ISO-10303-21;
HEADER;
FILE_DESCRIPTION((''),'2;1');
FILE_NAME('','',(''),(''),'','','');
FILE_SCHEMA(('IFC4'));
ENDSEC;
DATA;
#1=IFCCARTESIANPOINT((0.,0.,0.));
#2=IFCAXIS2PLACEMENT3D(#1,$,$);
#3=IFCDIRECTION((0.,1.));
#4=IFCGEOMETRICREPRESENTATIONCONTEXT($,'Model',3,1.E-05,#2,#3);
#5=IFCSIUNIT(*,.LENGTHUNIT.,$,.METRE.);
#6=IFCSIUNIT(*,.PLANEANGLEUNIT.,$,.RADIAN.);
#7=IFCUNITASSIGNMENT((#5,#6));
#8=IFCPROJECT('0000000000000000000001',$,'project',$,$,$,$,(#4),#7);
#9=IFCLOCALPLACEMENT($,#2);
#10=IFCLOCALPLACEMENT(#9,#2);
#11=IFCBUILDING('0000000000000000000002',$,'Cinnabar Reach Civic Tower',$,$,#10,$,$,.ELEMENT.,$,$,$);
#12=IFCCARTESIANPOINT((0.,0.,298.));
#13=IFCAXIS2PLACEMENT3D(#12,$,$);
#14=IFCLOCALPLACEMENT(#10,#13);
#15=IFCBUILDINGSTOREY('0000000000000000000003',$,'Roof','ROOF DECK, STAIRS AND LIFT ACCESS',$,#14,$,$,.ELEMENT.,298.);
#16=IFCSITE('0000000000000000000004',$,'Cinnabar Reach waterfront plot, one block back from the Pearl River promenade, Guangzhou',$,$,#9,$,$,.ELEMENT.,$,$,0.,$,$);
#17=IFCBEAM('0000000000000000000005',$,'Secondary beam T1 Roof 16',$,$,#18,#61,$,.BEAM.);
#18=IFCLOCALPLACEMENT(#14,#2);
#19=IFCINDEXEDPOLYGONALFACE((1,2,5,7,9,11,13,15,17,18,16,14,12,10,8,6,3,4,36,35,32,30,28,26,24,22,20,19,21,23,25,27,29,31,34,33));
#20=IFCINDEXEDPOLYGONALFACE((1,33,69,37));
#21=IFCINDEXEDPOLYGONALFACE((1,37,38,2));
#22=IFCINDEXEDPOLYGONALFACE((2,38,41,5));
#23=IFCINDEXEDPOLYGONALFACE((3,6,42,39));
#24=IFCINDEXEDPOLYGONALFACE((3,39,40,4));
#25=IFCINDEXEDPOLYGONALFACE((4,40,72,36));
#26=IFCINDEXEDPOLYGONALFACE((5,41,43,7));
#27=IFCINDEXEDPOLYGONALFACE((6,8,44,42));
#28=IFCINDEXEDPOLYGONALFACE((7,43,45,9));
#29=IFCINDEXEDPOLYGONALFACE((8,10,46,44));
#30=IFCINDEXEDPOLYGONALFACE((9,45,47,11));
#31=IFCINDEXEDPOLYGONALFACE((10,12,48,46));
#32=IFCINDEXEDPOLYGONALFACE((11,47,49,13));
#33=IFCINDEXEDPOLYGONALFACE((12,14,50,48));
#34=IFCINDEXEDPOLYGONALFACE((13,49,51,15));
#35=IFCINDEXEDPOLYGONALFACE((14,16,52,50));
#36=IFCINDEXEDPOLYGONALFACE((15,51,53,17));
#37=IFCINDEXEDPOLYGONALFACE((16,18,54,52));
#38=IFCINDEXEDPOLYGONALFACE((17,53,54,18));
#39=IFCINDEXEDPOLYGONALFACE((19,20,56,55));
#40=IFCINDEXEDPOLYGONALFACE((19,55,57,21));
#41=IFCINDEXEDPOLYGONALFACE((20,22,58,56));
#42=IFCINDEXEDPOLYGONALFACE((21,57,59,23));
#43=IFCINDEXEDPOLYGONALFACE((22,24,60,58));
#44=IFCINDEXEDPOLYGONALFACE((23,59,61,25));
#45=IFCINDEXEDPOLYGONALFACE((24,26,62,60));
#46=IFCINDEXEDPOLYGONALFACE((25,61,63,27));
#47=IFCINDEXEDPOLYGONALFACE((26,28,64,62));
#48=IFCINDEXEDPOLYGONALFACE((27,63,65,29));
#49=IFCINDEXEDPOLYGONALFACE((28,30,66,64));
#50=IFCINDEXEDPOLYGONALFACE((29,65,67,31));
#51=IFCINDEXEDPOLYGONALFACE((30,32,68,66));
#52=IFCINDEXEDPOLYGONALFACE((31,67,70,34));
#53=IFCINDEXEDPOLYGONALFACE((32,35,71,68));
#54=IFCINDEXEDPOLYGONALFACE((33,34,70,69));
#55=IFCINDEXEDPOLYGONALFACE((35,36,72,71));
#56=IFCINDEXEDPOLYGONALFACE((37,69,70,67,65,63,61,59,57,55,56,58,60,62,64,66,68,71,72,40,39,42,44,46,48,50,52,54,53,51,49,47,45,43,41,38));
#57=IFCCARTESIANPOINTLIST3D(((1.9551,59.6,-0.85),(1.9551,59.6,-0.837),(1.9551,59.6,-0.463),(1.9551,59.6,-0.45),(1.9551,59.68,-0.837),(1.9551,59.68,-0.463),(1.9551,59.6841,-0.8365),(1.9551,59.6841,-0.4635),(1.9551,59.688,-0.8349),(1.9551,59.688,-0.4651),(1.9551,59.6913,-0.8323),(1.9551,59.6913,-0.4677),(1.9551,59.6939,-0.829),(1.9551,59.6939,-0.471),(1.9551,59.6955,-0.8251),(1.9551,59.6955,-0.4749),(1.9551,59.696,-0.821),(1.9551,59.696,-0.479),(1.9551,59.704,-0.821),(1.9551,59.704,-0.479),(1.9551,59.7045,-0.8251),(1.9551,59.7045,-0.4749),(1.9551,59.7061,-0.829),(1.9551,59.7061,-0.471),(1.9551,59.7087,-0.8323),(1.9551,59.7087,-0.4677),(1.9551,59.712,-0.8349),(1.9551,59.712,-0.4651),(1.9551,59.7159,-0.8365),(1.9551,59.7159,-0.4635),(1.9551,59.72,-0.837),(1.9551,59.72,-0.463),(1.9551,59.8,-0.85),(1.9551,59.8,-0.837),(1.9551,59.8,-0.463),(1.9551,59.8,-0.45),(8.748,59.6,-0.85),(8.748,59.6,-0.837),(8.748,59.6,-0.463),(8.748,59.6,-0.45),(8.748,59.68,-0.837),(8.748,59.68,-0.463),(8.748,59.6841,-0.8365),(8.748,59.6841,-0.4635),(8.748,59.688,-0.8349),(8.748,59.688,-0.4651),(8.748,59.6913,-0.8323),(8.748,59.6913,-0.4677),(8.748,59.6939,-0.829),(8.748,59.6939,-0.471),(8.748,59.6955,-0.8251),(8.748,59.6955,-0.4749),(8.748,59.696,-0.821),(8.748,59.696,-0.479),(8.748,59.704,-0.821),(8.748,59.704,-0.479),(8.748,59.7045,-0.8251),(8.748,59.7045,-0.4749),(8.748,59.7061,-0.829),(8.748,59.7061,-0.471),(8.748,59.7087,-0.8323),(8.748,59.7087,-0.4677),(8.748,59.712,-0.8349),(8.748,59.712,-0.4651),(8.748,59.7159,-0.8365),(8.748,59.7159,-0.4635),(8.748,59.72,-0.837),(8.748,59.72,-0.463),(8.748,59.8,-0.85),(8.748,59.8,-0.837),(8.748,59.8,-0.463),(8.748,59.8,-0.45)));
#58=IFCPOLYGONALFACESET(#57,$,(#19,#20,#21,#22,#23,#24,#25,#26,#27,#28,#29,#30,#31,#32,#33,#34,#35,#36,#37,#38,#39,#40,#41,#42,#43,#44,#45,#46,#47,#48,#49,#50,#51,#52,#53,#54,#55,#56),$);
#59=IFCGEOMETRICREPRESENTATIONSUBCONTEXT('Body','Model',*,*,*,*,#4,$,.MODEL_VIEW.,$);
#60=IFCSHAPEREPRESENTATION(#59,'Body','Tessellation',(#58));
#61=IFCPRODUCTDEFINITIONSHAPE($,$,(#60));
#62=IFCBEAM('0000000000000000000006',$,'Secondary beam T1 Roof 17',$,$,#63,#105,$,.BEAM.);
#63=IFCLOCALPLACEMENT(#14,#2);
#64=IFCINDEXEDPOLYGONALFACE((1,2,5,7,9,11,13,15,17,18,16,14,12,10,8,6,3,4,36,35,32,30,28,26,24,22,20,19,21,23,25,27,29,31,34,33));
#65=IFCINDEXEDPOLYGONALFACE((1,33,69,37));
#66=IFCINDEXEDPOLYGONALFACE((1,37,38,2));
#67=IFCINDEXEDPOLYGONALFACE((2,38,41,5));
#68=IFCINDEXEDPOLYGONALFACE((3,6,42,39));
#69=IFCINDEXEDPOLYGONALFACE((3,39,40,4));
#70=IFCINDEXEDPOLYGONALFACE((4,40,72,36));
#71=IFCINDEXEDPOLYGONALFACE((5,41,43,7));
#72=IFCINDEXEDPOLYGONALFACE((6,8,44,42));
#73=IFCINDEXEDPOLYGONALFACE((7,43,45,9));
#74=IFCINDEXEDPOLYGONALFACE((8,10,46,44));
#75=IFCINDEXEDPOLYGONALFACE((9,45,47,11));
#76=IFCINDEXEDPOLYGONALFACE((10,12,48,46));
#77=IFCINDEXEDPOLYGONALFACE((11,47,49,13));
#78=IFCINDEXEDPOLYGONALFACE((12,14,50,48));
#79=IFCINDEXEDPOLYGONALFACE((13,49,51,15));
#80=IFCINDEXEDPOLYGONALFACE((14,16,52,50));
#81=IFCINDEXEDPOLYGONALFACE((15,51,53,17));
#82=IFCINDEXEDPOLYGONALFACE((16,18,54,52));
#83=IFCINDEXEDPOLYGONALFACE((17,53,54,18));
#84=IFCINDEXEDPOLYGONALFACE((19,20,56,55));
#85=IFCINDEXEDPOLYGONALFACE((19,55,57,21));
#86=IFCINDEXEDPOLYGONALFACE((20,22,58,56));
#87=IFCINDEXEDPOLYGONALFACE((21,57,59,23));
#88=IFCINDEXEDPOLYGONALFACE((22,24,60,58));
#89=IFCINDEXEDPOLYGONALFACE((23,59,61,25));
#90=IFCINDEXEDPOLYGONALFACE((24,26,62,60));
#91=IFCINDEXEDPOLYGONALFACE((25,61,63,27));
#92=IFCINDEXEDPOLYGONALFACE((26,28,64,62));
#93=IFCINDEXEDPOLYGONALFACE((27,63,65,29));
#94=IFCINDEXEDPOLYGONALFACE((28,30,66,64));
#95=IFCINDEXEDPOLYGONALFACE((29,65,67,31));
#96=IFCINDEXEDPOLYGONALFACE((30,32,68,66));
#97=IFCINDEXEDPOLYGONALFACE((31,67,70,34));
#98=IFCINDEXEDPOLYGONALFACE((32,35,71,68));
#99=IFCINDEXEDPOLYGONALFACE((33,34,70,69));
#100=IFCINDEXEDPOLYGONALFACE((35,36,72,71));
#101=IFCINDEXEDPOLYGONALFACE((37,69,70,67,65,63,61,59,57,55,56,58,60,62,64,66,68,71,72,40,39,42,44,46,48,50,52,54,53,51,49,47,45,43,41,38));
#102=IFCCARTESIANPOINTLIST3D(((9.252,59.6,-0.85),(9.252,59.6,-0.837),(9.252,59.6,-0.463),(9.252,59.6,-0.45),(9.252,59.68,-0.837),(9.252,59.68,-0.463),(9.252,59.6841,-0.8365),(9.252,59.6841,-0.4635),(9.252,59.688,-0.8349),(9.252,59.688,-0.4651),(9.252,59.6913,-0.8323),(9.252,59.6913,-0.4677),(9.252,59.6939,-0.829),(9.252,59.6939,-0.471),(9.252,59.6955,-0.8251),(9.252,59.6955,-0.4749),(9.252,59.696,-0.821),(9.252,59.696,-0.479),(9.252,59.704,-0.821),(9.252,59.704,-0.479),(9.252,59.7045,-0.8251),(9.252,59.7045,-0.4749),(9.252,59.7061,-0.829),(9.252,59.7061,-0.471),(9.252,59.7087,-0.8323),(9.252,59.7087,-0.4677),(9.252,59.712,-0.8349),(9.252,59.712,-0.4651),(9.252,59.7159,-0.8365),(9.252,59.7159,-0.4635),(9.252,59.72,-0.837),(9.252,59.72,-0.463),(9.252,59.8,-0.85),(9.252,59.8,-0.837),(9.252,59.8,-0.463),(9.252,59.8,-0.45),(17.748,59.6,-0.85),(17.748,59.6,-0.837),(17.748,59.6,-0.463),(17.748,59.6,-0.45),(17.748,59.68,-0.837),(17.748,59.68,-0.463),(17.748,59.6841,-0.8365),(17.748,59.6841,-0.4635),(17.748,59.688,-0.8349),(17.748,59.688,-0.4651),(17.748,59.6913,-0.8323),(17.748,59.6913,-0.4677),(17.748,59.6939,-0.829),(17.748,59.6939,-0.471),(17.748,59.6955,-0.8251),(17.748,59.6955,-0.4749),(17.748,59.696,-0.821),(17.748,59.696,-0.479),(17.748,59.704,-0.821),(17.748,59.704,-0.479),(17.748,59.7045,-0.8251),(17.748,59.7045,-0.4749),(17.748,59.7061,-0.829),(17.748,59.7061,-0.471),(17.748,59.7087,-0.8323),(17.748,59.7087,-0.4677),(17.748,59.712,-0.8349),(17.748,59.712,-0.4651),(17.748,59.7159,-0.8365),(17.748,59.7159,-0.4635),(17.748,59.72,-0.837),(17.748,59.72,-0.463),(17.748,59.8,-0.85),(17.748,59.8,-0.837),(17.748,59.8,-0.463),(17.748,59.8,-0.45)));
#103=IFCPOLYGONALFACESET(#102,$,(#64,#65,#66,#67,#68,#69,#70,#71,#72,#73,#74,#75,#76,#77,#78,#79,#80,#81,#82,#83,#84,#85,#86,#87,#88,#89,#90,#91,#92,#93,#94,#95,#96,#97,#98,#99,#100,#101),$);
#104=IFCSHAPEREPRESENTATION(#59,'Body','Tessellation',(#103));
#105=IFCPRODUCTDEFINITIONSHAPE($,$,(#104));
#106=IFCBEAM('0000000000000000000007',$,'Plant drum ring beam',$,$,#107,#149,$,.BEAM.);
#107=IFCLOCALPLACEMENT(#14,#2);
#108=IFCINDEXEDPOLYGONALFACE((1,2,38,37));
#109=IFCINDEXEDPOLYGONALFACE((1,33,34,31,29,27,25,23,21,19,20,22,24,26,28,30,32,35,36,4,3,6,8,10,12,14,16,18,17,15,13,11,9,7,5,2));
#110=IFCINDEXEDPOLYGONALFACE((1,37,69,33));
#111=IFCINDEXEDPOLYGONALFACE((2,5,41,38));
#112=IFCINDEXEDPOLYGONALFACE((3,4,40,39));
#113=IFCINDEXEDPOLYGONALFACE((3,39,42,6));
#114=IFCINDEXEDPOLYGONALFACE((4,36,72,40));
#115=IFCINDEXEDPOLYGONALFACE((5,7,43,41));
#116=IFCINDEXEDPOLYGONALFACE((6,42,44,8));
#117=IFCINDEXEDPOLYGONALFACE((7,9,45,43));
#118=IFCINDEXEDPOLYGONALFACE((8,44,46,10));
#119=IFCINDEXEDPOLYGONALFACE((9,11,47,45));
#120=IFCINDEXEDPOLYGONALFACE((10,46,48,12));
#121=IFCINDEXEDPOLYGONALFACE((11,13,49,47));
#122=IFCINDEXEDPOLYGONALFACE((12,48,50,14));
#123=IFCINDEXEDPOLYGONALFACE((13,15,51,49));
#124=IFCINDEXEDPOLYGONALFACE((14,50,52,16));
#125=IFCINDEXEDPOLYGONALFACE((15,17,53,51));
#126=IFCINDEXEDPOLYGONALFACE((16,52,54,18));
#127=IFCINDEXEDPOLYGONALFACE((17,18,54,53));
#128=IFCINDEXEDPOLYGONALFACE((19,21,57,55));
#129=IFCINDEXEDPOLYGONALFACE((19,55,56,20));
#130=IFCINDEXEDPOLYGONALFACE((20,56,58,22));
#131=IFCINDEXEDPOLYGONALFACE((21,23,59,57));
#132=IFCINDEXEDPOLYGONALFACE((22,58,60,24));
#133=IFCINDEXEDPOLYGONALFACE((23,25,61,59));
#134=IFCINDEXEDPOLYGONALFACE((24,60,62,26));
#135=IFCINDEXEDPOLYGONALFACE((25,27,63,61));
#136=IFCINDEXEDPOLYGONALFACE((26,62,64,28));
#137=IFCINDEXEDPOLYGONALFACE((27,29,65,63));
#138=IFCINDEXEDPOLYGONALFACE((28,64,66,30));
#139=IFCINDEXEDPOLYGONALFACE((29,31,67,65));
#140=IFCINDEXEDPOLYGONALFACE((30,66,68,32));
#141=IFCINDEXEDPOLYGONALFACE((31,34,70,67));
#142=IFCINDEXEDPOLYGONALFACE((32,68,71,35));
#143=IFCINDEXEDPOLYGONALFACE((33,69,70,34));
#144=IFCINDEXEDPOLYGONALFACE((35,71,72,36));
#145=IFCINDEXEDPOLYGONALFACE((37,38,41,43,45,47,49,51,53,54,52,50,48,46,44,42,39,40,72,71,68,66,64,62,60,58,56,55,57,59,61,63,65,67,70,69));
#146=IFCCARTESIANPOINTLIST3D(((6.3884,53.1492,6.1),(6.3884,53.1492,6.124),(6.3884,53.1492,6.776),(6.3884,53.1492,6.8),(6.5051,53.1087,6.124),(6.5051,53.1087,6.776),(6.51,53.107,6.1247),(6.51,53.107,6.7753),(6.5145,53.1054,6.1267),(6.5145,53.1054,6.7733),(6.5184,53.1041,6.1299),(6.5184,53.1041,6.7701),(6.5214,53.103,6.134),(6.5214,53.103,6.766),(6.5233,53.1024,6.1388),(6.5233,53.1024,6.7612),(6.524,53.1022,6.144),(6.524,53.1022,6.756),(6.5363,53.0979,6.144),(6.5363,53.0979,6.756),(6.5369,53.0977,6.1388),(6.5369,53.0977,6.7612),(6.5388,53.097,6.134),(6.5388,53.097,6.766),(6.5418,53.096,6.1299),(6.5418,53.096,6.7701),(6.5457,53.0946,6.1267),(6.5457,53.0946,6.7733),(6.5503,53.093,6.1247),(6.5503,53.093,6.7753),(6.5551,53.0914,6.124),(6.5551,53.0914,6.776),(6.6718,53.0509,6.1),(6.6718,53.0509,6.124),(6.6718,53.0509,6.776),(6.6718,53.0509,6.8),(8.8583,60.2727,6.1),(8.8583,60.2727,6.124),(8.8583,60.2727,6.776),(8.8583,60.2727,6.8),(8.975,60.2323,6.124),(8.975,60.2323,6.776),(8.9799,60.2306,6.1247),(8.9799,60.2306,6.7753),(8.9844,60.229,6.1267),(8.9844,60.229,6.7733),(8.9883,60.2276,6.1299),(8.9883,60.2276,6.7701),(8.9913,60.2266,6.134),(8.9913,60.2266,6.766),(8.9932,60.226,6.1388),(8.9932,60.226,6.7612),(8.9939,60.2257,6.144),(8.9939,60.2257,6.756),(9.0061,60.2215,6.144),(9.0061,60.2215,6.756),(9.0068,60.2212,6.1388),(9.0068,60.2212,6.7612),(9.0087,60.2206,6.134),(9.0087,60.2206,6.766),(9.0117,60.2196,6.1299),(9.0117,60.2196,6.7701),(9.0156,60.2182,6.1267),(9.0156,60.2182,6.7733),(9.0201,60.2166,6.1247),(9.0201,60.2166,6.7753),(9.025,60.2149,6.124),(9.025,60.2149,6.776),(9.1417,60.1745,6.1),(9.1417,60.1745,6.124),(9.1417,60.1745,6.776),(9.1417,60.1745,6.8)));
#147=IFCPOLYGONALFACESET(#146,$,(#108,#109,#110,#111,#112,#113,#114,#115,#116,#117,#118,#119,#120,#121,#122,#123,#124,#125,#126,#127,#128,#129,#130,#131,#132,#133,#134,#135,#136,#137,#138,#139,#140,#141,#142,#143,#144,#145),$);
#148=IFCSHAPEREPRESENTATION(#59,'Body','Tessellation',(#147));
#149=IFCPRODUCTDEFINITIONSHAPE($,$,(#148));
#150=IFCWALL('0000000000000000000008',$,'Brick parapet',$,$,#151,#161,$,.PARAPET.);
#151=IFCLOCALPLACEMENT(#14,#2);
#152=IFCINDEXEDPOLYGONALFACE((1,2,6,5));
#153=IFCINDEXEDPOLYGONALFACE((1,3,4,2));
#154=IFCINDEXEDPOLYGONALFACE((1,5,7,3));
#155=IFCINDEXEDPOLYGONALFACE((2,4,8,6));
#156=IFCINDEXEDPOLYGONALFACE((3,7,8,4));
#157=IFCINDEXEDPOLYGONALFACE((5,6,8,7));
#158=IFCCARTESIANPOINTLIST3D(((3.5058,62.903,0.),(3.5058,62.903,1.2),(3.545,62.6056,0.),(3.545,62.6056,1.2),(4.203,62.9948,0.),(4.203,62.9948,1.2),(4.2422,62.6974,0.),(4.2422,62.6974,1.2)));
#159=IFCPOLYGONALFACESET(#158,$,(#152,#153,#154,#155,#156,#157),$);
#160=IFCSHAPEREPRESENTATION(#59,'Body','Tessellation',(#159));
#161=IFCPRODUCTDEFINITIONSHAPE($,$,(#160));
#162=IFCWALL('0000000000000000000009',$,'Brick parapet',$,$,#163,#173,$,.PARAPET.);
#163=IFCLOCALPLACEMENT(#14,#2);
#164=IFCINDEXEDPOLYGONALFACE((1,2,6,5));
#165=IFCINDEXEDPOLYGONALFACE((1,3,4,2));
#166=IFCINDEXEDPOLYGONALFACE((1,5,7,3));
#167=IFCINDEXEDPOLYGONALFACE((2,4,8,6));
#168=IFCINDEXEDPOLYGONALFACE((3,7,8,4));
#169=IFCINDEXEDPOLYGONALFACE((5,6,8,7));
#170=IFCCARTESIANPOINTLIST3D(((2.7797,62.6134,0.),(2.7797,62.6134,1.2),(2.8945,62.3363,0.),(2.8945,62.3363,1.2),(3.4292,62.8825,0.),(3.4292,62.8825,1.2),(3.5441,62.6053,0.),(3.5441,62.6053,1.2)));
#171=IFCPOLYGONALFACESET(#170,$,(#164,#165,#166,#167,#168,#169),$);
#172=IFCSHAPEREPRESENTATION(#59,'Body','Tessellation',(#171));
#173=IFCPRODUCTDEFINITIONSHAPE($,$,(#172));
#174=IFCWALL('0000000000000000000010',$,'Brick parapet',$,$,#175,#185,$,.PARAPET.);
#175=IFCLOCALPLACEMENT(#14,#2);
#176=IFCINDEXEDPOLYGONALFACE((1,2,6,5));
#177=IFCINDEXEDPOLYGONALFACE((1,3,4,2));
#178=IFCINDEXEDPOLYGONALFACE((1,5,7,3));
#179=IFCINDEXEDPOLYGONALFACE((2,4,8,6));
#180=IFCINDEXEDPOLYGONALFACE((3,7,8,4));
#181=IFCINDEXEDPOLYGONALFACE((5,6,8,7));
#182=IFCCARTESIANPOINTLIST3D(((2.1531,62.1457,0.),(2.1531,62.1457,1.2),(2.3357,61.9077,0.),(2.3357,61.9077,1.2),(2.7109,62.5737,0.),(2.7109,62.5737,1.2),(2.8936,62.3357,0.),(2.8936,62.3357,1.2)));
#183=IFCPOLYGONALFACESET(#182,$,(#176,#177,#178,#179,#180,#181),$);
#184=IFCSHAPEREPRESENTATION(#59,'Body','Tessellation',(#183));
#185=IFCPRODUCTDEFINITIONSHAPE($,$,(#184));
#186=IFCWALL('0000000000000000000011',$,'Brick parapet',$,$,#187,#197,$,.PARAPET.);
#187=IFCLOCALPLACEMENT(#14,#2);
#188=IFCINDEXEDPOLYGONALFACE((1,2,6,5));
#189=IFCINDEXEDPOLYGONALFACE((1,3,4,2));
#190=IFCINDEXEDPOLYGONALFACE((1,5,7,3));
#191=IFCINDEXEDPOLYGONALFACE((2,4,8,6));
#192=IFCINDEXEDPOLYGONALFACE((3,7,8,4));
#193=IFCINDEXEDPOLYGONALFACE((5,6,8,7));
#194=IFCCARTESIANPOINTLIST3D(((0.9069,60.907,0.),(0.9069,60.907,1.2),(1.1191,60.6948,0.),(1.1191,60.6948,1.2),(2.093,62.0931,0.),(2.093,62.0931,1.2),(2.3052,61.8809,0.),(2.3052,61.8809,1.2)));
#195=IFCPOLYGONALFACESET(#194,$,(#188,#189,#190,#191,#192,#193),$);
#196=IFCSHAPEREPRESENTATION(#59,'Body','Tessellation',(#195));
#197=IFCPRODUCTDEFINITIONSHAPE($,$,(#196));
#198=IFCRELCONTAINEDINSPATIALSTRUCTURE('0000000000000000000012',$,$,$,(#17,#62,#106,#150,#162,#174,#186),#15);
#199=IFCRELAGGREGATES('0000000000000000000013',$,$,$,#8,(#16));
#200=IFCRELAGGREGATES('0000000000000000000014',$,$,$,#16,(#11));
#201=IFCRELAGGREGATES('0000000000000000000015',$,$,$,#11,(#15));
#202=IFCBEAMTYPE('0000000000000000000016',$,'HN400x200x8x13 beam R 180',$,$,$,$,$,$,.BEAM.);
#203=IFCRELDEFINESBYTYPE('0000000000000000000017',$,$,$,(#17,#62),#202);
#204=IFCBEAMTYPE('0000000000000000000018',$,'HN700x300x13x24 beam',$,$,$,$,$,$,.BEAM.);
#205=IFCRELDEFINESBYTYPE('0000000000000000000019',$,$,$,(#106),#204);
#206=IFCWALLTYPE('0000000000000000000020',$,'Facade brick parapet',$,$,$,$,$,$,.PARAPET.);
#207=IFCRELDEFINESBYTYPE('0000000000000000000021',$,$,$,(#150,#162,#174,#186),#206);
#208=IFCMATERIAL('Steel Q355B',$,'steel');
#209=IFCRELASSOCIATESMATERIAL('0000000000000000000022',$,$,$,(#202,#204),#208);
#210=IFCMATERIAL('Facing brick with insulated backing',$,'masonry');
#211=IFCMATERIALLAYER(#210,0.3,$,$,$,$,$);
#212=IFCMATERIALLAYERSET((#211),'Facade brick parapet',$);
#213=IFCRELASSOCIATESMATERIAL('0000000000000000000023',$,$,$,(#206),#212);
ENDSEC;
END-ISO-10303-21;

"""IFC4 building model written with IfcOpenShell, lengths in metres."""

from ifc_helpers import new_model, si_unit, direction, frame, frame_2d, origin, origin_2d, place, context, subcontext, project, spatial, rectangle, i_section, extrude, material, layer, layer_set, material_profile, profile_set, type_object, element, save


model = new_model("IFC4")

# Units and contexts
model_context = context("Model", 3, precision=1e-05, world=origin(), true_north=direction((0.0, 1.0)))
body_context = subcontext(model_context, "Body", "Model", "MODEL_VIEW")
ifc_project = project(units=[si_unit("LENGTHUNIT", "METRE"), si_unit("PLANEANGLEUNIT", "RADIAN")], contexts=[model_context])

# Site, building, storey
site_placement = place(None, origin())
site = spatial("IfcSite", under=ifc_project, at=site_placement, Name="Cinnabar Reach waterfront plot, one block back from the Pearl River promenade, Guangzhou", CompositionType="ELEMENT", RefElevation=0.0)
building_placement = place(site_placement, origin())
building = spatial("IfcBuilding", under=site, at=building_placement, Name="Cinnabar Reach Civic Tower", CompositionType="ELEMENT")
storey_placement = place(building_placement, frame((0.0, 0.0, 298.0)))
storey = spatial("IfcBuildingStorey", under=building, at=storey_placement, Name="Roof", Description="ROOF DECK, STAIRS AND LIFT ACCESS", CompositionType="ELEMENT", Elevation=298.0)

# Shared definitions
ifc_material_1 = material(Name="Steel Q355B", Category="steel")

# Beams
ifc_material_profile_1 = material_profile(ifc_material_1, i_section(OverallWidth=0.2, OverallDepth=0.4, WebThickness=0.008, FlangeThickness=0.013, FilletRadius=0.016, at=origin_2d()), Name="HN400x200x8x13")
ifc_profile_set_1 = profile_set([ifc_material_profile_1], Name="Steel Q355B")
beam_type_1 = type_object("IfcBeamType", Name="HN400x200x8x13 beam R 180", PredefinedType="BEAM", material=ifc_profile_set_1)
beam_1_placement = place(storey_placement, frame((1.9551, 59.7, -0.65), z_axis=(1.0, 0.0, 0.0), x_axis=(0.0, 1.0, 0.0)))
element("IfcBeam", 1, at=beam_1_placement, inside=storey, type_object=beam_type_1, Name="Secondary beam T1 Roof 16", PredefinedType="BEAM", context=body_context, shape_type="SweptSolid", body=[
    extrude(i_section(OverallWidth=0.2, OverallDepth=0.4, WebThickness=0.008, FlangeThickness=0.013, FilletRadius=0.016, at=origin_2d()), origin(), (0.0, 0.0, 1.0), 6.7929),
])
beam_2_placement = place(storey_placement, frame((9.252, 59.7, -0.65), z_axis=(1.0, 0.0, 0.0), x_axis=(0.0, 1.0, 0.0)))
element("IfcBeam", 2, at=beam_2_placement, inside=storey, type_object=beam_type_1, Name="Secondary beam T1 Roof 17", PredefinedType="BEAM", context=body_context, shape_type="SweptSolid", body=[
    extrude(i_section(OverallWidth=0.2, OverallDepth=0.4, WebThickness=0.008, FlangeThickness=0.013, FilletRadius=0.016, at=origin_2d()), origin(), (0.0, 0.0, 1.0), 8.496),
])
ifc_material_profile_2 = material_profile(ifc_material_1, i_section(OverallWidth=0.3, OverallDepth=0.7, WebThickness=0.013, FlangeThickness=0.024, FilletRadius=0.02, at=origin_2d()), Name="HN700x300x13x24")
ifc_profile_set_2 = profile_set([ifc_material_profile_2], Name="Steel Q355B")
beam_type_2 = type_object("IfcBeamType", Name="HN700x300x13x24 beam", PredefinedType="BEAM", material=ifc_profile_set_2)
beam_3_placement = place(storey_placement, frame((9.0, 60.2236, 6.45), z_axis=(-0.327589, -0.94482, 0.0), x_axis=(0.94482, -0.327589, 0.0)))
element("IfcBeam", 3, at=beam_3_placement, inside=storey, type_object=beam_type_2, Name="Plant drum ring beam", PredefinedType="BEAM", context=body_context, shape_type="SweptSolid", body=[
    extrude(i_section(OverallWidth=0.3, OverallDepth=0.7, WebThickness=0.013, FlangeThickness=0.024, FilletRadius=0.02, at=origin_2d()), origin(), (0.0, 0.0, 1.0), 7.5396),
])

# Walls
ifc_material_2 = material(Name="Facing brick with insulated backing", Category="masonry")
ifc_layer_1 = layer(ifc_material_2, 0.3)
ifc_layer_set_1 = layer_set([ifc_layer_1], Name="Facade brick parapet")
wall_type_1 = type_object("IfcWallType", Name="Facade brick parapet", PredefinedType="PARAPET", material=ifc_layer_set_1)
wall_1_placement = place(storey_placement, frame((4.2226, 62.8461, 0.0), z_axis=(0.0, 0.0, 1.0), x_axis=(-0.991443, -0.130543, 0.0)))
element("IfcWall", 4, at=wall_1_placement, inside=storey, type_object=wall_type_1, Name="Brick parapet", PredefinedType="PARAPET", context=body_context, shape_type="SweptSolid", body=[
    extrude(rectangle(XDim=0.7032, YDim=0.3, at=frame_2d((0.3516, 0.0))), origin(), (0.0, 0.0, 1.0), 1.2),
])
for number, where, z_axis, x_axis, name in (
    (5, (3.4866, 62.7439, 0.0), (0.0, 0.0, 1.0), (-0.923866, -0.382716, 0.0), "Brick parapet"),
    (6, (2.8022, 62.4547, 0.0), (0.0, 0.0, 1.0), (-0.793364, -0.608748, 0.0), "Brick parapet"),
):
    element("IfcWall", number, at=place(storey_placement, frame(where, z_axis=z_axis, x_axis=x_axis)), inside=storey, type_object=wall_type_1, Name=name, PredefinedType="PARAPET", context=body_context, shape_type="SweptSolid", body=[
        extrude(rectangle(XDim=0.7031, YDim=0.3, at=frame_2d((0.3515, 0.0))), origin(), (0.0, 0.0, 1.0), 1.2),
    ])
wall_2_placement = place(storey_placement, frame((2.1991, 61.987, 0.0), z_axis=(0.0, 0.0, 1.0), x_axis=(-0.707107, -0.707107, 0.0)))
element("IfcWall", 7, at=wall_2_placement, inside=storey, type_object=wall_type_1, Name="Brick parapet", PredefinedType="PARAPET", context=body_context, shape_type="SweptSolid", body=[
    extrude(rectangle(XDim=1.6774, YDim=0.3, at=frame_2d((0.8387, 0.0))), origin(), (0.0, 0.0, 1.0), 1.2),
])

save(model, "model.ifc")
